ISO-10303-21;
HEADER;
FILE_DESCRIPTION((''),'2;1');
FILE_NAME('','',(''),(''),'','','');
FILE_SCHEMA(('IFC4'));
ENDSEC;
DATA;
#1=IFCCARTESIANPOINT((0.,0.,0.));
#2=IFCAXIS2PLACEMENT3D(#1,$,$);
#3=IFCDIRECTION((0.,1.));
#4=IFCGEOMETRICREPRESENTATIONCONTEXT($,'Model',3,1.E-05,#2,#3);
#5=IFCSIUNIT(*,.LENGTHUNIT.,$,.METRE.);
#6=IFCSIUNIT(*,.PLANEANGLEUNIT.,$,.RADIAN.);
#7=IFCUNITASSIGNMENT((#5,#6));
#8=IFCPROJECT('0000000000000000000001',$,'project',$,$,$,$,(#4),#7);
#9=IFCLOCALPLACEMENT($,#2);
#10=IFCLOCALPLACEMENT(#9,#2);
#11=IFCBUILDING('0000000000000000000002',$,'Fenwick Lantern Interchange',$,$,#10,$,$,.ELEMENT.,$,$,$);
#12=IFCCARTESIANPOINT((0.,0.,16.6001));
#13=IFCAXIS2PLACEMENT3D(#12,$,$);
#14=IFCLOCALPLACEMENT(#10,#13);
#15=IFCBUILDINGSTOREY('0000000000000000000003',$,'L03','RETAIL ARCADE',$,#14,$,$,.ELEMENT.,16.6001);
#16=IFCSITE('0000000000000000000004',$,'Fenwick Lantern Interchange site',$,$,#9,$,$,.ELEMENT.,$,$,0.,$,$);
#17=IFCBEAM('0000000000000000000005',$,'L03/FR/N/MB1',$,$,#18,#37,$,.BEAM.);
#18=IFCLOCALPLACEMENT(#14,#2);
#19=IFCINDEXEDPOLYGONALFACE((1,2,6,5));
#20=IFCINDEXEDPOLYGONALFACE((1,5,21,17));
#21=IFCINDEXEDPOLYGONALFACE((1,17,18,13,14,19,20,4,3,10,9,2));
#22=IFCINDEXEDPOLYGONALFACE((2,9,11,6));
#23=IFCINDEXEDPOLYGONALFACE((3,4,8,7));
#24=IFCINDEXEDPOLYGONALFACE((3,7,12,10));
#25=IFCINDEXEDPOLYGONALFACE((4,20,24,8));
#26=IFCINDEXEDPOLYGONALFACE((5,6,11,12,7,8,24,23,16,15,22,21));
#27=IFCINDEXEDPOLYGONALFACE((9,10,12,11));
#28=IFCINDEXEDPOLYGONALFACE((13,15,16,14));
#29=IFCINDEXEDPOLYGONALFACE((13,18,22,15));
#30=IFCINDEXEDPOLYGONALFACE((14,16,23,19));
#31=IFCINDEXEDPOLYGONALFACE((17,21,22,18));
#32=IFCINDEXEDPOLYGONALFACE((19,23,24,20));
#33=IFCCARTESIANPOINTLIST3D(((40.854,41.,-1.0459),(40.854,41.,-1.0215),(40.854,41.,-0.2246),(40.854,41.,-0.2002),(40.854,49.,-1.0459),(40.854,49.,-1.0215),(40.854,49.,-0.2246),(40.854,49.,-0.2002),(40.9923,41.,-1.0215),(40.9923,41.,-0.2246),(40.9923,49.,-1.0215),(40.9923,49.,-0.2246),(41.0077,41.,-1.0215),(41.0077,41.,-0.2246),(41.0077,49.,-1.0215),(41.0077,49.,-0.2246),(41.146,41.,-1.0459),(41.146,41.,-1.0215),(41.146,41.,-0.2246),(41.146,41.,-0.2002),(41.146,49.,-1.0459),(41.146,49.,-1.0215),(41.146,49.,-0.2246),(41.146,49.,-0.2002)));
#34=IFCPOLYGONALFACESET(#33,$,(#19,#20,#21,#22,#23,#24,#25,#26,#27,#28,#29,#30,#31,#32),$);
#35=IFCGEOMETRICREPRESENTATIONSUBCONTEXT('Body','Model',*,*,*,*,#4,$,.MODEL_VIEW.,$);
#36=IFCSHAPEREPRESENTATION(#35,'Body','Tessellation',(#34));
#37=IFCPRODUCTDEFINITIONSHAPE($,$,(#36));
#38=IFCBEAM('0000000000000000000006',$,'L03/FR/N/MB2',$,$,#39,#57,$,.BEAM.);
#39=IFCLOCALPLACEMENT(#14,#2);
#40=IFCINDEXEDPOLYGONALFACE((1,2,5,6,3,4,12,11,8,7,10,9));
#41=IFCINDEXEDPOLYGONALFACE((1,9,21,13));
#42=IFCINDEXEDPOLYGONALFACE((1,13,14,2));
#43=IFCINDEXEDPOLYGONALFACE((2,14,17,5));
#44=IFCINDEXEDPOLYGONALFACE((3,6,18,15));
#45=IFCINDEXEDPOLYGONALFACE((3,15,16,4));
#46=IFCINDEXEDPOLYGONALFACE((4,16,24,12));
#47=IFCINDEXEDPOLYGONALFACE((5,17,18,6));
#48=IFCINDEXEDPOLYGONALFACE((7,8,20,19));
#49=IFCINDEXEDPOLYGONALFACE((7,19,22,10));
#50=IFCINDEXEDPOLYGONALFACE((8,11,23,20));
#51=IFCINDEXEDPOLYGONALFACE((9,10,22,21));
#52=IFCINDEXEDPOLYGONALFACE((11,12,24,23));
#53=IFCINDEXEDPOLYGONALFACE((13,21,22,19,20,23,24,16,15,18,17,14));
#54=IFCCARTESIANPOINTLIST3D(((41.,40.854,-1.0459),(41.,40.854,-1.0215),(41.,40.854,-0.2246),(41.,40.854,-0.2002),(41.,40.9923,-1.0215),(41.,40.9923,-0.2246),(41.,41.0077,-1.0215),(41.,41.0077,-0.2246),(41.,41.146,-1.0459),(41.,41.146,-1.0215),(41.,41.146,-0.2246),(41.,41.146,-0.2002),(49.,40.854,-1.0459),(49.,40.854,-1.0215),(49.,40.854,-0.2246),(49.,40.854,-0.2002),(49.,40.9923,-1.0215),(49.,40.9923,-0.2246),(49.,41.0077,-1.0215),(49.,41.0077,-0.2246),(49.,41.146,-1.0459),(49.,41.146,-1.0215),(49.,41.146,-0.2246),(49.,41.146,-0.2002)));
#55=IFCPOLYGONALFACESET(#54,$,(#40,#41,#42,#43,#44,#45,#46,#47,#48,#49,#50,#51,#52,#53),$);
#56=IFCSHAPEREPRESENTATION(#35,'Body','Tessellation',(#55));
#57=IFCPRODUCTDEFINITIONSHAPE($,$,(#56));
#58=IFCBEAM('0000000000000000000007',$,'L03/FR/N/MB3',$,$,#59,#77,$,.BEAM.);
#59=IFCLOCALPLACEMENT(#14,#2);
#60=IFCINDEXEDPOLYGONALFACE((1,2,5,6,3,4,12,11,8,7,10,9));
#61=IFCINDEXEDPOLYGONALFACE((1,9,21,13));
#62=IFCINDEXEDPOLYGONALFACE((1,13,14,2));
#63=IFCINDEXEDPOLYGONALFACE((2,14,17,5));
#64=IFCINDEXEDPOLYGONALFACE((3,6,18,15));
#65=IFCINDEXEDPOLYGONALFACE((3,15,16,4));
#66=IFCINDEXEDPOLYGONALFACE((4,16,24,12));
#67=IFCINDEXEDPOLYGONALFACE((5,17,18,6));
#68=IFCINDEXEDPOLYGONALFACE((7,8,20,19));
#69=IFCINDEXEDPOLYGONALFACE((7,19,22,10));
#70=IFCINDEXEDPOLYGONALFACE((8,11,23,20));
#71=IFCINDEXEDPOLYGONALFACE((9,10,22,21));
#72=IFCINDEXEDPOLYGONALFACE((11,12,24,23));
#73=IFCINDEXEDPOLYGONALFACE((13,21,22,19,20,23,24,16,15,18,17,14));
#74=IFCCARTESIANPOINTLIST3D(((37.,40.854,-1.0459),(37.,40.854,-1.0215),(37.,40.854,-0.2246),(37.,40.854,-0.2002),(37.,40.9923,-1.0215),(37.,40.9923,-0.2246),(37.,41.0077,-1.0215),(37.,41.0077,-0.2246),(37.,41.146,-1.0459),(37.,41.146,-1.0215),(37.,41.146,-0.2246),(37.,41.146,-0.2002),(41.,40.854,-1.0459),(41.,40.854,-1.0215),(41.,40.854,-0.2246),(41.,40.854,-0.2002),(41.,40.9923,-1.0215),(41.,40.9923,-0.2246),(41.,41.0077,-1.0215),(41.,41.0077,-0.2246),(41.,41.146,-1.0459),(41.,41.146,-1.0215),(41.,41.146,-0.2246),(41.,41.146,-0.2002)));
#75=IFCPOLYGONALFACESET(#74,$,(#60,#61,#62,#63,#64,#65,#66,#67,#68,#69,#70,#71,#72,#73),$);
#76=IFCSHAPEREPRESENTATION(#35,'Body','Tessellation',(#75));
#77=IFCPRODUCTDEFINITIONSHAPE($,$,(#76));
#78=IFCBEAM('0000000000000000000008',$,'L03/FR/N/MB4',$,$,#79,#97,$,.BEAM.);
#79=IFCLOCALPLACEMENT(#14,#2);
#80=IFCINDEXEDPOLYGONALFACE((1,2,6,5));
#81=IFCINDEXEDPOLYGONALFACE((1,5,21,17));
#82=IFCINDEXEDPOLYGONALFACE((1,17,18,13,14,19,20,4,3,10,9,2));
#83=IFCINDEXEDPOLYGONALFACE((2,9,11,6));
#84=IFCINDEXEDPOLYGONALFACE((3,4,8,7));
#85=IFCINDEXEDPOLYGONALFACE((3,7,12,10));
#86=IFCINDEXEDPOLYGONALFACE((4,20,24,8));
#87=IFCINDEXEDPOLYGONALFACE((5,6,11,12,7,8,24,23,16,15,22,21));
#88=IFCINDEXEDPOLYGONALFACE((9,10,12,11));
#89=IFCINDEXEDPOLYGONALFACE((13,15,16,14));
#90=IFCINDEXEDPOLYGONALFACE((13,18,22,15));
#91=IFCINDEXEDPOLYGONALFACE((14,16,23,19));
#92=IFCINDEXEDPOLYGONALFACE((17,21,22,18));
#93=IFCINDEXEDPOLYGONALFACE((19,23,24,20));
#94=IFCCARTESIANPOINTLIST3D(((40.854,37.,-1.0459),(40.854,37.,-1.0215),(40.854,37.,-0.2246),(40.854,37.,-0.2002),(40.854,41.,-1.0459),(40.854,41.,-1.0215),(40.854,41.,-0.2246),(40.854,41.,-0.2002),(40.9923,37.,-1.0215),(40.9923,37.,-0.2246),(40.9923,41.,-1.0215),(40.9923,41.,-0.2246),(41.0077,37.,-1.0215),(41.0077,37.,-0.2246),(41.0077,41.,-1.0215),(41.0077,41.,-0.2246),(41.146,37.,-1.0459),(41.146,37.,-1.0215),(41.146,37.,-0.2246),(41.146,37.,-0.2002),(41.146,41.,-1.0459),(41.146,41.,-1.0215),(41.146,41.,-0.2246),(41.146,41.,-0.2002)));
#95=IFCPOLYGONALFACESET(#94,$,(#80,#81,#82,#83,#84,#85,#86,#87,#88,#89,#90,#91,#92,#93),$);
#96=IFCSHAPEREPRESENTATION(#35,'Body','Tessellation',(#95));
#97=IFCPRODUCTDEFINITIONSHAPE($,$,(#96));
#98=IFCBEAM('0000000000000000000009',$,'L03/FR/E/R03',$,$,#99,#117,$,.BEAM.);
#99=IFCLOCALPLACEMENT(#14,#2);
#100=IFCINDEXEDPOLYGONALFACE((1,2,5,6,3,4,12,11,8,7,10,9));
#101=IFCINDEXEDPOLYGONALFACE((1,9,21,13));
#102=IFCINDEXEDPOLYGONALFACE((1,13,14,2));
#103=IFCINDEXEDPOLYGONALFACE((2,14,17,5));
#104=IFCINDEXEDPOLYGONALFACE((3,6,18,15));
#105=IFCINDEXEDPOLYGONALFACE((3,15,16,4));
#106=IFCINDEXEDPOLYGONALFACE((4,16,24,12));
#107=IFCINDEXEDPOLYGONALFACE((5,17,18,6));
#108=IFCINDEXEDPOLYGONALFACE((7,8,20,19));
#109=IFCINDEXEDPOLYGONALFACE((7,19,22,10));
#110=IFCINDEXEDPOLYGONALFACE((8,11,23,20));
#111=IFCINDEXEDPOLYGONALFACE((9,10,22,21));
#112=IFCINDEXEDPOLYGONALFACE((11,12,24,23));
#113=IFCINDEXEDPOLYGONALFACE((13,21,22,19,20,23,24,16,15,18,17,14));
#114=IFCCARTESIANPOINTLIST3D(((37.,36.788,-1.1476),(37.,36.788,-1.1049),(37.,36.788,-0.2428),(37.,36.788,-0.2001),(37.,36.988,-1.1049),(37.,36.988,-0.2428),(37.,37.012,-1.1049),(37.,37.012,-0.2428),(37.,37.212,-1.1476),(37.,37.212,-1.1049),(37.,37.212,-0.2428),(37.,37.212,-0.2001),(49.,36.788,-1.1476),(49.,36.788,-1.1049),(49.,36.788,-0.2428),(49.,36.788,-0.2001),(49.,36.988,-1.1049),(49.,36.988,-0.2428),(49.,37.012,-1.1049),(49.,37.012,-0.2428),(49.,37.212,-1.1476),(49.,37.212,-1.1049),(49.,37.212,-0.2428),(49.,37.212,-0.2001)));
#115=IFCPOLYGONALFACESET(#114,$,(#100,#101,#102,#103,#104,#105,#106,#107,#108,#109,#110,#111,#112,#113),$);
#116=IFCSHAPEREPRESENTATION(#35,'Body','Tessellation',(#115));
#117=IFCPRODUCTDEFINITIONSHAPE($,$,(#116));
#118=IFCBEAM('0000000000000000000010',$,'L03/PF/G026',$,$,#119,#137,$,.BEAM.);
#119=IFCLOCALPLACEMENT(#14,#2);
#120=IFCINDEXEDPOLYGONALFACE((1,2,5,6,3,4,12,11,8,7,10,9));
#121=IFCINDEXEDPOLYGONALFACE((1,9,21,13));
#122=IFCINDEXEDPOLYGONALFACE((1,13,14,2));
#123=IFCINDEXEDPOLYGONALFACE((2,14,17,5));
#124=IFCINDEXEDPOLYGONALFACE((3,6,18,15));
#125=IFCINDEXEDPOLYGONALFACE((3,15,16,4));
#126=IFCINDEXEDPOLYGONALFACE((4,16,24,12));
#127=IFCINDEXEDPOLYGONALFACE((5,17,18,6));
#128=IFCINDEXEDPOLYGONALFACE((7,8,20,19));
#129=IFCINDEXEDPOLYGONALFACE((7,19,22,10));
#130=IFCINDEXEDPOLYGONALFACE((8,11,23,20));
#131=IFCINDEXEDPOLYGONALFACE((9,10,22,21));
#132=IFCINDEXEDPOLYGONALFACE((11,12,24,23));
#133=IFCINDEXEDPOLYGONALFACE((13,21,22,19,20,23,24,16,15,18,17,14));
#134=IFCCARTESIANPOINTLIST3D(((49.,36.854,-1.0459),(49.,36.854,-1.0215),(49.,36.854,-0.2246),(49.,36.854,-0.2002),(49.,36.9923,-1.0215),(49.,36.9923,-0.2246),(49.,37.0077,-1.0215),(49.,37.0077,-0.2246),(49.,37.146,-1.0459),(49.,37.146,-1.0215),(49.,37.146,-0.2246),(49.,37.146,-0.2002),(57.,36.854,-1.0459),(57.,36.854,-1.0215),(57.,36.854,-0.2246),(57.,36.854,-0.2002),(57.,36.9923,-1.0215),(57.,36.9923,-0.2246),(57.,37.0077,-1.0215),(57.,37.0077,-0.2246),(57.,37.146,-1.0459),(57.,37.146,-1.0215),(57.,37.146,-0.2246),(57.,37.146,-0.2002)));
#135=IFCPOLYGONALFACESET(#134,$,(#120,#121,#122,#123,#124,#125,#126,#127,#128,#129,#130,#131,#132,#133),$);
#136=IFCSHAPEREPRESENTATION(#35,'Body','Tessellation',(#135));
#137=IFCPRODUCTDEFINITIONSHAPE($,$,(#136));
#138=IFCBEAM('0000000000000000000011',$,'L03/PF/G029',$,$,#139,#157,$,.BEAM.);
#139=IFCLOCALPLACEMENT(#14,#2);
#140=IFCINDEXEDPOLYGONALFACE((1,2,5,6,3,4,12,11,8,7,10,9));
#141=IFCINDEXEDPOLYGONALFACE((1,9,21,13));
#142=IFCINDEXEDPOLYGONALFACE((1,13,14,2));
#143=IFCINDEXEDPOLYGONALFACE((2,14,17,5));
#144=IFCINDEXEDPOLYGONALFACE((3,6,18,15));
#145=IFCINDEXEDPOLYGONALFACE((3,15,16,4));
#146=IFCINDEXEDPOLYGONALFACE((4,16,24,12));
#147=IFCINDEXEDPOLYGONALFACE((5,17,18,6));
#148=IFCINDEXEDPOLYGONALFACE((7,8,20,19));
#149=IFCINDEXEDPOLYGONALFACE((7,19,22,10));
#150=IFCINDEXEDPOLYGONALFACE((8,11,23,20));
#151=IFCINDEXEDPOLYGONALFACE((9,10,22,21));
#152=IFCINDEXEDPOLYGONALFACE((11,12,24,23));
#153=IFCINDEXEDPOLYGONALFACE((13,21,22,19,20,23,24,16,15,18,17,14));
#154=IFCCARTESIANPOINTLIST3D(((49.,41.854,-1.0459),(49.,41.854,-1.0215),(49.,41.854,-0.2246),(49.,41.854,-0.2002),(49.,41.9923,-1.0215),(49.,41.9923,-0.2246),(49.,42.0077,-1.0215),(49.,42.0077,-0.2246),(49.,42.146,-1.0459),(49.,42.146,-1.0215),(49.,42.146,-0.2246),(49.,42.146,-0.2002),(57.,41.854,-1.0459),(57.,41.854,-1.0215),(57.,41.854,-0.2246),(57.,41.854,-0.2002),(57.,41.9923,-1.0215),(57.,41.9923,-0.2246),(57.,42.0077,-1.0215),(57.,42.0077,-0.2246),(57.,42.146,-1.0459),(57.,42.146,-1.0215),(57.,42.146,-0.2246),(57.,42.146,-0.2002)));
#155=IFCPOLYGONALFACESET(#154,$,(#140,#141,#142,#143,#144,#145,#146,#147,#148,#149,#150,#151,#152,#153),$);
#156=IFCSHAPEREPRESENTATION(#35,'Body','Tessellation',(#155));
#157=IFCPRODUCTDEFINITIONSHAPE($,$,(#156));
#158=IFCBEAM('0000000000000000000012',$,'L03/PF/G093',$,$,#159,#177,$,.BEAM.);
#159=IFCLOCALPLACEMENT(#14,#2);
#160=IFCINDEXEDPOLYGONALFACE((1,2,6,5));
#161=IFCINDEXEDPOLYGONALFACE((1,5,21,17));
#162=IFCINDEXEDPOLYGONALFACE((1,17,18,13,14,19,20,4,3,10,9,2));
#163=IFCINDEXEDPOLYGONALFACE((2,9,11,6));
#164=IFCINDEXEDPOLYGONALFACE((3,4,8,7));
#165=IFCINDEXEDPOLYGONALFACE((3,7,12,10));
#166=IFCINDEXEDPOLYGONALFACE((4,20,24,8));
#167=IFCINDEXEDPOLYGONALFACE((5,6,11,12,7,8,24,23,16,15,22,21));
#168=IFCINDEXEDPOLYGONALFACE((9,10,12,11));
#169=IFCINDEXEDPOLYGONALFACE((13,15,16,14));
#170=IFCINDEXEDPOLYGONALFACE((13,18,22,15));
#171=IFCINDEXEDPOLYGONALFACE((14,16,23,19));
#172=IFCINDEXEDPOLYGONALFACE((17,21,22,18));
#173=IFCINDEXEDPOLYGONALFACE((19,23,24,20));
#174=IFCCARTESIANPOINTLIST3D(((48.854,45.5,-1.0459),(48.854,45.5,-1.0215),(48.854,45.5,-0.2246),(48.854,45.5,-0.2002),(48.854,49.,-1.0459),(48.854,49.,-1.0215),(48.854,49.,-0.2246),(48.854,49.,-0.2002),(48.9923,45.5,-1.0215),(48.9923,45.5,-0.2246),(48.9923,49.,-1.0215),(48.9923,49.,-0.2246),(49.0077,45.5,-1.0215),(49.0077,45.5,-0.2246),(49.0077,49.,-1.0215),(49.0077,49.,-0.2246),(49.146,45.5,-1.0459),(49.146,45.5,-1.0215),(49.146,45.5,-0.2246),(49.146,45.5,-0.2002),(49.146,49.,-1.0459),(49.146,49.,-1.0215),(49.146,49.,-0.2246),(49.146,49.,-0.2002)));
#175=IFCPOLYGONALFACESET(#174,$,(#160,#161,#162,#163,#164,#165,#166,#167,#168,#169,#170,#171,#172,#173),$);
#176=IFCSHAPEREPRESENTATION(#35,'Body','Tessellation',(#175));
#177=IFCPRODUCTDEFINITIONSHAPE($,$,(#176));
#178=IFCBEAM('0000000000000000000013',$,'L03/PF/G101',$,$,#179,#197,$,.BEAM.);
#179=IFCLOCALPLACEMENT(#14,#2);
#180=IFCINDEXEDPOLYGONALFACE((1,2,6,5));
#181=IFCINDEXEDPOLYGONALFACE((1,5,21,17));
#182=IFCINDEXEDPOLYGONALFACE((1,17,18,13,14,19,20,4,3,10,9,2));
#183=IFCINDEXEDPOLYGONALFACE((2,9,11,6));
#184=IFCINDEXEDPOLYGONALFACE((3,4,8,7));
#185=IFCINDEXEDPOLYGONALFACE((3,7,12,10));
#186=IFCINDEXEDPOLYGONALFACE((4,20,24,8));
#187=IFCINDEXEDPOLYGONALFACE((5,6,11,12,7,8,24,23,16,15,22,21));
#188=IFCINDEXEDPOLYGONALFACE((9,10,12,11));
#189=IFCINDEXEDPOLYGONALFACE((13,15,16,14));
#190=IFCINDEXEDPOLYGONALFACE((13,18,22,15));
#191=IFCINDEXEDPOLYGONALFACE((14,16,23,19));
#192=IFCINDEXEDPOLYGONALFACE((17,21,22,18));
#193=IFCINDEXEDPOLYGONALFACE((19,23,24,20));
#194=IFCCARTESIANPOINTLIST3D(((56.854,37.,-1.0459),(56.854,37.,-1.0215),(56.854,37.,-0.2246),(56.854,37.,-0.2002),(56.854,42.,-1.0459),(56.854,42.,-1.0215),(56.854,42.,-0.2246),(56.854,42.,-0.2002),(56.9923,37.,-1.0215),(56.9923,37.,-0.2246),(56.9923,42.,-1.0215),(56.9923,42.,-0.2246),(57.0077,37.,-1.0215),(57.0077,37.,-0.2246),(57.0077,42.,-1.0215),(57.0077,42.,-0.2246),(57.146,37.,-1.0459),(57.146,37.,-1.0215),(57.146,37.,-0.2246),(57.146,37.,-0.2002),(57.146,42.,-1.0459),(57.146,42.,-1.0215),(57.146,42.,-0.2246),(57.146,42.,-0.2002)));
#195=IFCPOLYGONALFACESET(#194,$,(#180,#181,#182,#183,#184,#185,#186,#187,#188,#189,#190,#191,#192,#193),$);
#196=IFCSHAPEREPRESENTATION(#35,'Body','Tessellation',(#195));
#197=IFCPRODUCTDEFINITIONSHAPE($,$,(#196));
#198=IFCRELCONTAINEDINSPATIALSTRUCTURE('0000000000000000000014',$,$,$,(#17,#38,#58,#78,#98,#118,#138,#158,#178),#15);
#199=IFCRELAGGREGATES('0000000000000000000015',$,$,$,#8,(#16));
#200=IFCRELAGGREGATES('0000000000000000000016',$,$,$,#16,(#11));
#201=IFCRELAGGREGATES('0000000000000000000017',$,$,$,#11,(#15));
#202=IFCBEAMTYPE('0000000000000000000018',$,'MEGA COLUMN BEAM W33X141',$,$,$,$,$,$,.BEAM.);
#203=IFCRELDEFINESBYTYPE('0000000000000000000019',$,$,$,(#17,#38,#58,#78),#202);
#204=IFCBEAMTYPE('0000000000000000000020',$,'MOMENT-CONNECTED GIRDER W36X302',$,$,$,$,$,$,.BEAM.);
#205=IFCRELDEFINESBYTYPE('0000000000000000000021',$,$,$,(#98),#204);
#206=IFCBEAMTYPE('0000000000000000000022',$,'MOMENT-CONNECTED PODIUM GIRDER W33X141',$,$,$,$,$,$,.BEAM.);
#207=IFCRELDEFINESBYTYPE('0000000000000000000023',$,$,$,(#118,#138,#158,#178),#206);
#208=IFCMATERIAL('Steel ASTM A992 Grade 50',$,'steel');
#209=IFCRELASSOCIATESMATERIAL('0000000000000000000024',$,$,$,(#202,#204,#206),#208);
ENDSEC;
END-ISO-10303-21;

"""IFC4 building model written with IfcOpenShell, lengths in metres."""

from ifc_helpers import new_model, si_unit, direction, frame, origin, origin_2d, place, context, subcontext, project, spatial, i_section, extrude, material, material_profile, profile_set, type_object, element, save


model = new_model("IFC4")

# Units and contexts
model_context = context("Model", 3, precision=1e-05, world=origin(), true_north=direction((0.0, 1.0)))
body_context = subcontext(model_context, "Body", "Model", "MODEL_VIEW")
ifc_project = project(units=[si_unit("LENGTHUNIT", "METRE"), si_unit("PLANEANGLEUNIT", "RADIAN")], contexts=[model_context])

# Site, building, storey
site_placement = place(None, origin())
site = spatial("IfcSite", under=ifc_project, at=site_placement, Name="Fenwick Lantern Interchange site", CompositionType="ELEMENT", RefElevation=0.0)
building_placement = place(site_placement, origin())
building = spatial("IfcBuilding", under=site, at=building_placement, Name="Fenwick Lantern Interchange", CompositionType="ELEMENT")
storey_placement = place(building_placement, frame((0.0, 0.0, 16.6001)))
storey = spatial("IfcBuildingStorey", under=building, at=storey_placement, Name="L03", Description="RETAIL ARCADE", CompositionType="ELEMENT", Elevation=16.6001)

# Shared definitions
ifc_material_1 = material(Name="Steel ASTM A992 Grade 50", Category="steel")

# Beams
ifc_material_profile_1 = material_profile(ifc_material_1, i_section(OverallWidth=0.292, OverallDepth=0.8457, WebThickness=0.0154, FlangeThickness=0.0244, at=origin_2d()), Name="W33X141")
ifc_profile_set_1 = profile_set([ifc_material_profile_1], Name="Steel ASTM A992 Grade 50")
beam_type_1 = type_object("IfcBeamType", Name="MEGA COLUMN BEAM W33X141", PredefinedType="BEAM", material=ifc_profile_set_1)
for number, where, z_axis, x_axis, name in (
    (1, (41.0, 41.0, -0.623), (0.0, 1.0, 0.0), (-1.0, 0.0, 0.0), "L03/FR/N/MB1"),
    (2, (41.0, 41.0, -0.623), (1.0, 0.0, 0.0), (0.0, 1.0, 0.0), "L03/FR/N/MB2"),
):
    element("IfcBeam", number, at=place(storey_placement, frame(where, z_axis=z_axis, x_axis=x_axis)), inside=storey, type_object=beam_type_1, Name=name, PredefinedType="BEAM", context=body_context, shape_type="SweptSolid", body=[
        extrude(i_section(OverallWidth=0.292, OverallDepth=0.8457, WebThickness=0.0154, FlangeThickness=0.0244, at=origin_2d()), origin(), (0.0, 0.0, 1.0), 8.0),
    ])
for number, where, z_axis, x_axis, name in (
    (3, (41.0, 41.0, -0.623), (-1.0, 0.0, 0.0), (0.0, -1.0, 0.0), "L03/FR/N/MB3"),
    (4, (41.0, 41.0, -0.623), (0.0, -1.0, 0.0), (1.0, 0.0, 0.0), "L03/FR/N/MB4"),
):
    element("IfcBeam", number, at=place(storey_placement, frame(where, z_axis=z_axis, x_axis=x_axis)), inside=storey, type_object=beam_type_1, Name=name, PredefinedType="BEAM", context=body_context, shape_type="SweptSolid", body=[
        extrude(i_section(OverallWidth=0.292, OverallDepth=0.8457, WebThickness=0.0154, FlangeThickness=0.0244, at=origin_2d()), origin(), (0.0, 0.0, 1.0), 4.0),
    ])
ifc_material_profile_2 = material_profile(ifc_material_1, i_section(OverallWidth=0.4241, OverallDepth=0.9475, WebThickness=0.0239, FlangeThickness=0.0427, at=origin_2d()), Name="W36X302")
ifc_profile_set_2 = profile_set([ifc_material_profile_2], Name="Steel ASTM A992 Grade 50")
beam_type_2 = type_object("IfcBeamType", Name="MOMENT-CONNECTED GIRDER W36X302", PredefinedType="BEAM", material=ifc_profile_set_2)
beam_1_placement = place(storey_placement, frame((49.0, 37.0, -0.6738), z_axis=(-1.0, 0.0, 0.0), x_axis=(0.0, -1.0, 0.0)))
element("IfcBeam", 5, at=beam_1_placement, inside=storey, type_object=beam_type_2, Name="L03/FR/E/R03", PredefinedType="BEAM", context=body_context, shape_type="SweptSolid", body=[
    extrude(i_section(OverallWidth=0.4241, OverallDepth=0.9475, WebThickness=0.0239, FlangeThickness=0.0427, at=origin_2d()), origin(), (0.0, 0.0, 1.0), 12.0),
])
ifc_material_profile_3 = material_profile(ifc_material_1, i_section(OverallWidth=0.292, OverallDepth=0.8457, WebThickness=0.0154, FlangeThickness=0.0244, at=origin_2d()), Name="W33X141")
ifc_profile_set_3 = profile_set([ifc_material_profile_3], Name="Steel ASTM A992 Grade 50")
beam_type_3 = type_object("IfcBeamType", Name="MOMENT-CONNECTED PODIUM GIRDER W33X141", PredefinedType="BEAM", material=ifc_profile_set_3)
for number, where, z_axis, x_axis, name in (
    (6, (49.0, 37.0, -0.623), (1.0, 0.0, 0.0), (0.0, 1.0, 0.0), "L03/PF/G026"),
    (7, (49.0, 42.0, -0.623), (1.0, 0.0, 0.0), (0.0, 1.0, 0.0), "L03/PF/G029"),
):
    element("IfcBeam", number, at=place(storey_placement, frame(where, z_axis=z_axis, x_axis=x_axis)), inside=storey, type_object=beam_type_3, Name=name, PredefinedType="BEAM", context=body_context, shape_type="SweptSolid", body=[
        extrude(i_section(OverallWidth=0.292, OverallDepth=0.8457, WebThickness=0.0154, FlangeThickness=0.0244, at=origin_2d()), origin(), (0.0, 0.0, 1.0), 8.0),
    ])
beam_2_placement = place(storey_placement, frame((49.0, 45.5, -0.623), z_axis=(0.0, 1.0, 0.0), x_axis=(-1.0, 0.0, 0.0)))
element("IfcBeam", 8, at=beam_2_placement, inside=storey, type_object=beam_type_3, Name="L03/PF/G093", PredefinedType="BEAM", context=body_context, shape_type="SweptSolid", body=[
    extrude(i_section(OverallWidth=0.292, OverallDepth=0.8457, WebThickness=0.0154, FlangeThickness=0.0244, at=origin_2d()), origin(), (0.0, 0.0, 1.0), 3.5),
])
beam_3_placement = place(storey_placement, frame((57.0, 37.0, -0.623), z_axis=(0.0, 1.0, 0.0), x_axis=(-1.0, 0.0, 0.0)))
element("IfcBeam", 9, at=beam_3_placement, inside=storey, type_object=beam_type_3, Name="L03/PF/G101", PredefinedType="BEAM", context=body_context, shape_type="SweptSolid", body=[
    extrude(i_section(OverallWidth=0.292, OverallDepth=0.8457, WebThickness=0.0154, FlangeThickness=0.0244, at=origin_2d()), origin(), (0.0, 0.0, 1.0), 5.0),
])

save(model, "model.ifc")
